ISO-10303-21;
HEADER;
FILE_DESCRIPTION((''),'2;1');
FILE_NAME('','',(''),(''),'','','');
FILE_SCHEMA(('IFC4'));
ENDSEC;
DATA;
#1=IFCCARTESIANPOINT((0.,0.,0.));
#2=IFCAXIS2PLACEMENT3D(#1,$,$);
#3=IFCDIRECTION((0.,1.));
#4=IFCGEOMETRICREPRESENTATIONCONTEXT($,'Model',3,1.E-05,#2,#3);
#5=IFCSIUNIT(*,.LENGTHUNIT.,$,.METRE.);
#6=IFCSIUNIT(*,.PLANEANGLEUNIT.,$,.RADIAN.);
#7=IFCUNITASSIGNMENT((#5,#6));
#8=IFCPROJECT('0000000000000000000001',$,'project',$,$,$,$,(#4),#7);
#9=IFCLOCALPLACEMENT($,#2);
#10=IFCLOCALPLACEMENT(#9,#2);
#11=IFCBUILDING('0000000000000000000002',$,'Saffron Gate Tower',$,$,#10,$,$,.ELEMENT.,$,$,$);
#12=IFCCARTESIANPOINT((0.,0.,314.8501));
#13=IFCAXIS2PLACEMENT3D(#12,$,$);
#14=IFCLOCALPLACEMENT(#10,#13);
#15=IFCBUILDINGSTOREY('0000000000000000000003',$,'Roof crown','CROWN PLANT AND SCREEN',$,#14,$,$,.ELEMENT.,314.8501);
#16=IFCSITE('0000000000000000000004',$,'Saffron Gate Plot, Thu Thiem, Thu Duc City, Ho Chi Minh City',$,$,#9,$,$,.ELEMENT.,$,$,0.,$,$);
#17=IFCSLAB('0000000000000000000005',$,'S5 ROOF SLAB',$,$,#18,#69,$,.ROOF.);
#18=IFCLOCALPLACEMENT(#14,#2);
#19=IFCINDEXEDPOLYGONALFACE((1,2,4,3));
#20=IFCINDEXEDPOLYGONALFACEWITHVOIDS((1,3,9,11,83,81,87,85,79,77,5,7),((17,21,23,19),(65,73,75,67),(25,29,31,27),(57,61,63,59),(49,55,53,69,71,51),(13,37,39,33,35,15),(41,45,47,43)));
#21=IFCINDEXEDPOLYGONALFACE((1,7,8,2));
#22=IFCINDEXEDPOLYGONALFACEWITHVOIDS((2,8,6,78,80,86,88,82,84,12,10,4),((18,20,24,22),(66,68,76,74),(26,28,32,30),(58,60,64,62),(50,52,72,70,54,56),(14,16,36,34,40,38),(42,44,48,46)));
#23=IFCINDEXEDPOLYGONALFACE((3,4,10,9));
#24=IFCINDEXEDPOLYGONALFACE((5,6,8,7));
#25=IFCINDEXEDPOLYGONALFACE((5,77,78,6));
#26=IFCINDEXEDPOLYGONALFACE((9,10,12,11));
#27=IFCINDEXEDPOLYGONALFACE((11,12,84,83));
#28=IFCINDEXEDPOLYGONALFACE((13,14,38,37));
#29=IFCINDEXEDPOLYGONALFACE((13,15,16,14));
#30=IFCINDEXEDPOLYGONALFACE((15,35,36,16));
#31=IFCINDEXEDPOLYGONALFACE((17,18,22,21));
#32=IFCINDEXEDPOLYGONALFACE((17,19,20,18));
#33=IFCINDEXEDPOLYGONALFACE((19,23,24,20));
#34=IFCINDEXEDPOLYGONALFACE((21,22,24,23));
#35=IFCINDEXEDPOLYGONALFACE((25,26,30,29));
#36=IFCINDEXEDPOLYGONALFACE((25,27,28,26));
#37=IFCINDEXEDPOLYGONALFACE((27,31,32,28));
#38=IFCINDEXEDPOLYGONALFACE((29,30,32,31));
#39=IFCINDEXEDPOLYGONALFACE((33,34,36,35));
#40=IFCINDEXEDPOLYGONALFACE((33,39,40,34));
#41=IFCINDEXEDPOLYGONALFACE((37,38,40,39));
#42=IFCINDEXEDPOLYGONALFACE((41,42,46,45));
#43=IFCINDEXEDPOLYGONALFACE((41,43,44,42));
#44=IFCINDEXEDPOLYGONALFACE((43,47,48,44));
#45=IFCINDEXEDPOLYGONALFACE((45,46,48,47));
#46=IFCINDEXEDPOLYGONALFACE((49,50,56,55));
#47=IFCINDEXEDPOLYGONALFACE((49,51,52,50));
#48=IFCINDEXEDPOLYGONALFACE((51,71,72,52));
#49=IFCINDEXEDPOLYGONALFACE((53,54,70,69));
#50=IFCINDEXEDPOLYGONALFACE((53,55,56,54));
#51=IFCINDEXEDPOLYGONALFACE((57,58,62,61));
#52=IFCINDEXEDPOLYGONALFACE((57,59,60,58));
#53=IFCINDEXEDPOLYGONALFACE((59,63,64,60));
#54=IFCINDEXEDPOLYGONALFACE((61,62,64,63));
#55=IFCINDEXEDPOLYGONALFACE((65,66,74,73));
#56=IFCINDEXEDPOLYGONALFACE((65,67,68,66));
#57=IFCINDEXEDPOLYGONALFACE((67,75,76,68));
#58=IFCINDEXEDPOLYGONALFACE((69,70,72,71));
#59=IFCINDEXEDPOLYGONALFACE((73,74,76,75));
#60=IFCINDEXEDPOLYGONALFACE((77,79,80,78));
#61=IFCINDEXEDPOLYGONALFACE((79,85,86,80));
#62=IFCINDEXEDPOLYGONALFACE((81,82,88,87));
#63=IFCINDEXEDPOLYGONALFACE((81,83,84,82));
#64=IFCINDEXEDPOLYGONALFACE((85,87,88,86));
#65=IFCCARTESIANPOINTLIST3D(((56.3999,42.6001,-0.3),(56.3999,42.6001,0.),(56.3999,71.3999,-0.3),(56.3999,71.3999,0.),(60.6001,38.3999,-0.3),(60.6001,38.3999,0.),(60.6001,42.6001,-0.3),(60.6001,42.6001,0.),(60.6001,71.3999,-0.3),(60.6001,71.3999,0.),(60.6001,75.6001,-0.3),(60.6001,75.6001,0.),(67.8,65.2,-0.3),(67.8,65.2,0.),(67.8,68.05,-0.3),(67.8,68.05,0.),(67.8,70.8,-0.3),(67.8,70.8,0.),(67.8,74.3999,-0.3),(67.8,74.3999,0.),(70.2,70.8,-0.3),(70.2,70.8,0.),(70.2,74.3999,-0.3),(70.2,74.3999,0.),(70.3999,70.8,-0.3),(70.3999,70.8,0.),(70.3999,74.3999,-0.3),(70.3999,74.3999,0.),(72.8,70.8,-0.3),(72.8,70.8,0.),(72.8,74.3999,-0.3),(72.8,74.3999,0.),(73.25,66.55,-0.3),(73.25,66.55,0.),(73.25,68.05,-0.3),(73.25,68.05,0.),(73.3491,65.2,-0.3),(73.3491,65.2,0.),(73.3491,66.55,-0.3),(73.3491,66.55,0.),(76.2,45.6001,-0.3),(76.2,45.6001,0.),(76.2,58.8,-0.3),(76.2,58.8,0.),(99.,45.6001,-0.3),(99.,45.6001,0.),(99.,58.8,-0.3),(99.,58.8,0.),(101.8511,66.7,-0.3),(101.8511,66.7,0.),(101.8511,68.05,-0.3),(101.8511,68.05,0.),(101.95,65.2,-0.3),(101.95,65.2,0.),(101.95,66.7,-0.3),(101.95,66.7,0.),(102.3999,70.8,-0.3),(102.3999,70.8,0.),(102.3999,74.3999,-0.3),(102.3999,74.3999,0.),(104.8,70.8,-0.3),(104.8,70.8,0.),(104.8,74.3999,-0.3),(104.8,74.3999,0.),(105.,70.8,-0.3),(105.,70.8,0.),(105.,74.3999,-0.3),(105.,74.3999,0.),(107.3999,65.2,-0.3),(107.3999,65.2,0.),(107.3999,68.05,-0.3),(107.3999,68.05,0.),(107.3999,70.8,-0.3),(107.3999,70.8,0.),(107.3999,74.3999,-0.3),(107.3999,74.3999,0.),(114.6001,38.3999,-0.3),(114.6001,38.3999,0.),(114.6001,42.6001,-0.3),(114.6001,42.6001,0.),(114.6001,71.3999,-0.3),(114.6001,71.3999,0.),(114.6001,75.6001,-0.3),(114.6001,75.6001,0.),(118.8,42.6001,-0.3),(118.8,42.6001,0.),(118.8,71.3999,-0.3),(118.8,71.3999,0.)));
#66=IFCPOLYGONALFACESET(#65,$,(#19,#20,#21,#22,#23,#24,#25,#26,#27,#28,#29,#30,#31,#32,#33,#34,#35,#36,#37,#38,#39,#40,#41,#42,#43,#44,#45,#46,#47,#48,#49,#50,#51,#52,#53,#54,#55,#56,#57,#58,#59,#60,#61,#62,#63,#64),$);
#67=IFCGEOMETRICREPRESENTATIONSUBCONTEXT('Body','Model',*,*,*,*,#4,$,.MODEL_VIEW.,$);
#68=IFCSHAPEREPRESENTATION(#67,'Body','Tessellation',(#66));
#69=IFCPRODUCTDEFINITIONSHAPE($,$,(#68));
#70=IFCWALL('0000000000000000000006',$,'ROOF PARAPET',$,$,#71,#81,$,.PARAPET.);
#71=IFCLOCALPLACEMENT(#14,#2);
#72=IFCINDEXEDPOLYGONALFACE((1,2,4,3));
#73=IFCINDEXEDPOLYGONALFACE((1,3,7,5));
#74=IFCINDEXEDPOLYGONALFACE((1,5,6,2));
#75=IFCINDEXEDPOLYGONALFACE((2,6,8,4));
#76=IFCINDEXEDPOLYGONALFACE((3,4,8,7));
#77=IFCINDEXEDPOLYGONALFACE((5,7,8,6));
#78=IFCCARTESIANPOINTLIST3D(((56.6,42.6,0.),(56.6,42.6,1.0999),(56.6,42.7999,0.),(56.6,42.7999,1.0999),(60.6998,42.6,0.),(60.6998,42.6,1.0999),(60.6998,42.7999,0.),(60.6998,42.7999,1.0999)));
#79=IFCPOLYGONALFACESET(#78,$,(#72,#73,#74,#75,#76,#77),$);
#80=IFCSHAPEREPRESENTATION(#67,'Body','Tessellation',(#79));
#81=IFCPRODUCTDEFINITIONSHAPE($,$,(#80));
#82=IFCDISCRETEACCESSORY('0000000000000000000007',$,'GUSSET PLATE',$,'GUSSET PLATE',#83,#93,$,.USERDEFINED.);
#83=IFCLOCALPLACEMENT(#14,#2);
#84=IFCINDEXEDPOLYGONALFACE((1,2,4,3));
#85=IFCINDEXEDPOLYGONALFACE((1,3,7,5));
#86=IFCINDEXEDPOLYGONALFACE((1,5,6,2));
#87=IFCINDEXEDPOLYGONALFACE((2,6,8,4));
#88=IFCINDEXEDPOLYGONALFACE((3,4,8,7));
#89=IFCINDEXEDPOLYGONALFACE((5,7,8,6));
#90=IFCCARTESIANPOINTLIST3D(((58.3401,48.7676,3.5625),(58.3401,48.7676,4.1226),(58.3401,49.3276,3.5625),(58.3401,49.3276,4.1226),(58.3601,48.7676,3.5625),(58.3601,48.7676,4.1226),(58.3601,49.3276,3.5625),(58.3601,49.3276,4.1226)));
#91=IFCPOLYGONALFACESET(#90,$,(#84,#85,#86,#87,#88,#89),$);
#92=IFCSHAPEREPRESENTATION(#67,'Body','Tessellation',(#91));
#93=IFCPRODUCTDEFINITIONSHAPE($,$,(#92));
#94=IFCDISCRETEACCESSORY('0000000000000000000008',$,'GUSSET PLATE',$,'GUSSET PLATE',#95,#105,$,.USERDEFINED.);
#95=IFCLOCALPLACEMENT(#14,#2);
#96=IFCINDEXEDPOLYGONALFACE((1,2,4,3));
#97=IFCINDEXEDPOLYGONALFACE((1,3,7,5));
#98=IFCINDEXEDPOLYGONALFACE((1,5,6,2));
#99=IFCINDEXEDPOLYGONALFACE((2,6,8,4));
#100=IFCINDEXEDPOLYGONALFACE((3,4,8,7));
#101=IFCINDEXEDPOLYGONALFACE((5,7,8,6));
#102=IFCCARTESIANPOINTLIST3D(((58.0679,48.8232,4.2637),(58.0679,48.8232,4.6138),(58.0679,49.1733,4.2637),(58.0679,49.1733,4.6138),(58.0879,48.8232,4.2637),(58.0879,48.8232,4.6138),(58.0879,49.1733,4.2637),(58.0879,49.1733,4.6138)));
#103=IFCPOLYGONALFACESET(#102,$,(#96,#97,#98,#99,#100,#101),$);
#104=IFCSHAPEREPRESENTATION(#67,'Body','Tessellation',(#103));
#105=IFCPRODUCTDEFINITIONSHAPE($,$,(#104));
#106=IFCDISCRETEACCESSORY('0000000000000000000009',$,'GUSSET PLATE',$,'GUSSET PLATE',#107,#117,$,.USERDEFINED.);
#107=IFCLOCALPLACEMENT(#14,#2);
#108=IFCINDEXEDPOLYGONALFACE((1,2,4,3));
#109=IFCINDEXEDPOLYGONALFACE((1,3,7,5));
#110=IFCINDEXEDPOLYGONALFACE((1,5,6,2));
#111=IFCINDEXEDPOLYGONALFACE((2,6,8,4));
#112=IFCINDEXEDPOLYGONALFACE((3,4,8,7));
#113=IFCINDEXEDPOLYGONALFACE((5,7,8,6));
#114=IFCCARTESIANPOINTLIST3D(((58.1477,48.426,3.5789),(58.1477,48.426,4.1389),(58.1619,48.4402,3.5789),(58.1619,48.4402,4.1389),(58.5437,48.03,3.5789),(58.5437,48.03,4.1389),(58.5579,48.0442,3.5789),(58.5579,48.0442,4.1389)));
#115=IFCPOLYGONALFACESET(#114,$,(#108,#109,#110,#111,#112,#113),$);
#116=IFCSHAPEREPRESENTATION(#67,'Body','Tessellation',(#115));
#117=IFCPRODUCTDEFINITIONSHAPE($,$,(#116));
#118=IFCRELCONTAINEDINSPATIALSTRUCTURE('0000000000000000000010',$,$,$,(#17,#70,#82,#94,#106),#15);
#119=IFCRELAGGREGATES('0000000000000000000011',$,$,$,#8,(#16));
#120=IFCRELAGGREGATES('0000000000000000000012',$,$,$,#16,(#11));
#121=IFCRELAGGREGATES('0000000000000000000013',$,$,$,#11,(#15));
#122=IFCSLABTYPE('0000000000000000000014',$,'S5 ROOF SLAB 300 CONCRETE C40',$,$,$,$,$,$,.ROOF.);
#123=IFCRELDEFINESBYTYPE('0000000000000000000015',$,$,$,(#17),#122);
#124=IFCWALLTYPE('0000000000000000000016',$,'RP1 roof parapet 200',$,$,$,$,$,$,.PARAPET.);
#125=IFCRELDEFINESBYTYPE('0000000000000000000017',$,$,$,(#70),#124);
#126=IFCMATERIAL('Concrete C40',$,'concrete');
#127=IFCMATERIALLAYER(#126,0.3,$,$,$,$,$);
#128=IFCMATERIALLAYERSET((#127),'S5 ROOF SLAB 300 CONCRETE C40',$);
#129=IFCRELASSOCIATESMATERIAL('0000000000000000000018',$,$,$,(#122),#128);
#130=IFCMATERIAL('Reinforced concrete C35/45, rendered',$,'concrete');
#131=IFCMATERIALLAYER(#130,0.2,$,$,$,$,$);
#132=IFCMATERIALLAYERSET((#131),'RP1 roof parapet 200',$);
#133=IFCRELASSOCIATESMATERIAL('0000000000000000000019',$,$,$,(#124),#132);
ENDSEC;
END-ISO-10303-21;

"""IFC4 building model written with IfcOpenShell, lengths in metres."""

from ifc_helpers import new_model, si_unit, direction, frame, frame_2d, origin, origin_2d, place, context, subcontext, project, spatial, polyline, rectangle, outline, extrude, material, layer, layer_set, type_object, element, save


model = new_model("IFC4")

# Units and contexts
model_context = context("Model", 3, precision=1e-05, world=origin(), true_north=direction((0.0, 1.0)))
body_context = subcontext(model_context, "Body", "Model", "MODEL_VIEW")
ifc_project = project(units=[si_unit("LENGTHUNIT", "METRE"), si_unit("PLANEANGLEUNIT", "RADIAN")], contexts=[model_context])

# Site, building, storey
site_placement = place(None, origin())
site = spatial("IfcSite", under=ifc_project, at=site_placement, Name="Saffron Gate Plot, Thu Thiem, Thu Duc City, Ho Chi Minh City", CompositionType="ELEMENT", RefElevation=0.0)
building_placement = place(site_placement, origin())
building = spatial("IfcBuilding", under=site, at=building_placement, Name="Saffron Gate Tower", CompositionType="ELEMENT")
storey_placement = place(building_placement, frame((0.0, 0.0, 314.8501)))
storey = spatial("IfcBuildingStorey", under=building, at=storey_placement, Name="Roof crown", Description="CROWN PLANT AND SCREEN", CompositionType="ELEMENT", Elevation=314.8501)

# Slab
ifc_material_1 = material(Name="Concrete C40", Category="concrete")
ifc_layer_1 = layer(ifc_material_1, 0.3)
ifc_layer_set_1 = layer_set([ifc_layer_1], Name="S5 ROOF SLAB 300 CONCRETE C40")
slab_type_1 = type_object("IfcSlabType", Name="S5 ROOF SLAB 300 CONCRETE C40", PredefinedType="ROOF", material=ifc_layer_set_1)
slab_1_placement = place(storey_placement, frame((0.0, 0.0, -0.3)))
element("IfcSlab", 1, at=slab_1_placement, inside=storey, type_object=slab_type_1, Name="S5 ROOF SLAB", PredefinedType="ROOF", context=body_context, shape_type="SweptSolid", body=[
    extrude(outline(polyline([(56.3999, 42.6001), (60.6001, 42.6001), (60.6001, 38.3999), (114.6001, 38.3999), (114.6001, 42.6001), (118.8, 42.6001), (118.8, 71.3999), (114.6001, 71.3999), (114.6001, 75.6001), (60.6001, 75.6001), (60.6001, 71.3999), (56.3999, 71.3999), (56.3999, 42.6001)]), holes=[polyline([(67.8, 65.2), (67.8, 68.05), (73.25, 68.05), (73.25, 66.55), (73.3491, 66.55), (73.3491, 65.2), (67.8, 65.2)]), polyline([(67.8, 70.8), (67.8, 74.3999), (70.2, 74.3999), (70.2, 70.8), (67.8, 70.8)]), polyline([(70.3999, 70.8), (70.3999, 74.3999), (72.8, 74.3999), (72.8, 70.8), (70.3999, 70.8)]), polyline([(76.2, 45.6001), (76.2, 58.8), (99.0, 58.8), (99.0, 45.6001), (76.2, 45.6001)]), polyline([(101.8511, 66.7), (101.8511, 68.05), (107.3999, 68.05), (107.3999, 65.2), (101.95, 65.2), (101.95, 66.7), (101.8511, 66.7)]), polyline([(102.3999, 70.8), (102.3999, 74.3999), (104.8, 74.3999), (104.8, 70.8), (102.3999, 70.8)]), polyline([(105.0, 70.8), (105.0, 74.3999), (107.3999, 74.3999), (107.3999, 70.8), (105.0, 70.8)])]), origin(), (0.0, 0.0, 1.0), 0.3),
])

# Wall
ifc_material_2 = material(Name="Reinforced concrete C35/45, rendered", Category="concrete")
ifc_layer_2 = layer(ifc_material_2, 0.2)
ifc_layer_set_2 = layer_set([ifc_layer_2], Name="RP1 roof parapet 200")
wall_type = type_object("IfcWallType", Name="RP1 roof parapet 200", PredefinedType="PARAPET", material=ifc_layer_set_2)
wall_placement = place(storey_placement, frame((56.6001, 42.7, 0.0), z_axis=(0.0, 0.0, 1.0), x_axis=(1.0, 0.0, 0.0)))
element("IfcWall", 2, at=wall_placement, inside=storey, type_object=wall_type, Name="ROOF PARAPET", PredefinedType="PARAPET", context=body_context, shape_type="SweptSolid", body=[
    extrude(rectangle(XDim=4.0999, YDim=0.2, at=frame_2d((2.0498, 0.0))), origin(), (0.0, 0.0, 1.0), 1.0999),
])

# Discrete accessories
discrete_accessory_1_placement = place(storey_placement, frame((58.3501, 49.0476, 3.5625), z_axis=(0.0, 0.0, 1.0), x_axis=(0.0, -1.0, 0.0)))
element("IfcDiscreteAccessory", 3, at=discrete_accessory_1_placement, inside=storey, Name="GUSSET PLATE", ObjectType="GUSSET PLATE", PredefinedType="USERDEFINED", context=body_context, shape_type="SweptSolid", body=[
    extrude(rectangle(XDim=0.5601, YDim=0.02, at=origin_2d()), origin(), (0.0, 0.0, 1.0), 0.5601),
])
discrete_accessory_2_placement = place(storey_placement, frame((58.0779, 48.9983, 4.2637), z_axis=(0.0, 0.0, 1.0), x_axis=(0.0, 1.0, 0.0)))
element("IfcDiscreteAccessory", 4, at=discrete_accessory_2_placement, inside=storey, Name="GUSSET PLATE", ObjectType="GUSSET PLATE", PredefinedType="USERDEFINED", context=body_context, shape_type="SweptSolid", body=[
    extrude(rectangle(XDim=0.3501, YDim=0.02, at=origin_2d()), origin(), (0.0, 0.0, 1.0), 0.3501),
])
discrete_accessory_3_placement = place(storey_placement, frame((58.3528, 48.2351, 3.5789), z_axis=(0.0, 0.0, 1.0), x_axis=(-0.707107, 0.707107, 0.0)))
element("IfcDiscreteAccessory", 5, at=discrete_accessory_3_placement, inside=storey, Name="GUSSET PLATE", ObjectType="GUSSET PLATE", PredefinedType="USERDEFINED", context=body_context, shape_type="SweptSolid", body=[
    extrude(rectangle(XDim=0.5601, YDim=0.02, at=origin_2d()), origin(), (0.0, 0.0, 1.0), 0.5601),
])

save(model, "model.ifc")
